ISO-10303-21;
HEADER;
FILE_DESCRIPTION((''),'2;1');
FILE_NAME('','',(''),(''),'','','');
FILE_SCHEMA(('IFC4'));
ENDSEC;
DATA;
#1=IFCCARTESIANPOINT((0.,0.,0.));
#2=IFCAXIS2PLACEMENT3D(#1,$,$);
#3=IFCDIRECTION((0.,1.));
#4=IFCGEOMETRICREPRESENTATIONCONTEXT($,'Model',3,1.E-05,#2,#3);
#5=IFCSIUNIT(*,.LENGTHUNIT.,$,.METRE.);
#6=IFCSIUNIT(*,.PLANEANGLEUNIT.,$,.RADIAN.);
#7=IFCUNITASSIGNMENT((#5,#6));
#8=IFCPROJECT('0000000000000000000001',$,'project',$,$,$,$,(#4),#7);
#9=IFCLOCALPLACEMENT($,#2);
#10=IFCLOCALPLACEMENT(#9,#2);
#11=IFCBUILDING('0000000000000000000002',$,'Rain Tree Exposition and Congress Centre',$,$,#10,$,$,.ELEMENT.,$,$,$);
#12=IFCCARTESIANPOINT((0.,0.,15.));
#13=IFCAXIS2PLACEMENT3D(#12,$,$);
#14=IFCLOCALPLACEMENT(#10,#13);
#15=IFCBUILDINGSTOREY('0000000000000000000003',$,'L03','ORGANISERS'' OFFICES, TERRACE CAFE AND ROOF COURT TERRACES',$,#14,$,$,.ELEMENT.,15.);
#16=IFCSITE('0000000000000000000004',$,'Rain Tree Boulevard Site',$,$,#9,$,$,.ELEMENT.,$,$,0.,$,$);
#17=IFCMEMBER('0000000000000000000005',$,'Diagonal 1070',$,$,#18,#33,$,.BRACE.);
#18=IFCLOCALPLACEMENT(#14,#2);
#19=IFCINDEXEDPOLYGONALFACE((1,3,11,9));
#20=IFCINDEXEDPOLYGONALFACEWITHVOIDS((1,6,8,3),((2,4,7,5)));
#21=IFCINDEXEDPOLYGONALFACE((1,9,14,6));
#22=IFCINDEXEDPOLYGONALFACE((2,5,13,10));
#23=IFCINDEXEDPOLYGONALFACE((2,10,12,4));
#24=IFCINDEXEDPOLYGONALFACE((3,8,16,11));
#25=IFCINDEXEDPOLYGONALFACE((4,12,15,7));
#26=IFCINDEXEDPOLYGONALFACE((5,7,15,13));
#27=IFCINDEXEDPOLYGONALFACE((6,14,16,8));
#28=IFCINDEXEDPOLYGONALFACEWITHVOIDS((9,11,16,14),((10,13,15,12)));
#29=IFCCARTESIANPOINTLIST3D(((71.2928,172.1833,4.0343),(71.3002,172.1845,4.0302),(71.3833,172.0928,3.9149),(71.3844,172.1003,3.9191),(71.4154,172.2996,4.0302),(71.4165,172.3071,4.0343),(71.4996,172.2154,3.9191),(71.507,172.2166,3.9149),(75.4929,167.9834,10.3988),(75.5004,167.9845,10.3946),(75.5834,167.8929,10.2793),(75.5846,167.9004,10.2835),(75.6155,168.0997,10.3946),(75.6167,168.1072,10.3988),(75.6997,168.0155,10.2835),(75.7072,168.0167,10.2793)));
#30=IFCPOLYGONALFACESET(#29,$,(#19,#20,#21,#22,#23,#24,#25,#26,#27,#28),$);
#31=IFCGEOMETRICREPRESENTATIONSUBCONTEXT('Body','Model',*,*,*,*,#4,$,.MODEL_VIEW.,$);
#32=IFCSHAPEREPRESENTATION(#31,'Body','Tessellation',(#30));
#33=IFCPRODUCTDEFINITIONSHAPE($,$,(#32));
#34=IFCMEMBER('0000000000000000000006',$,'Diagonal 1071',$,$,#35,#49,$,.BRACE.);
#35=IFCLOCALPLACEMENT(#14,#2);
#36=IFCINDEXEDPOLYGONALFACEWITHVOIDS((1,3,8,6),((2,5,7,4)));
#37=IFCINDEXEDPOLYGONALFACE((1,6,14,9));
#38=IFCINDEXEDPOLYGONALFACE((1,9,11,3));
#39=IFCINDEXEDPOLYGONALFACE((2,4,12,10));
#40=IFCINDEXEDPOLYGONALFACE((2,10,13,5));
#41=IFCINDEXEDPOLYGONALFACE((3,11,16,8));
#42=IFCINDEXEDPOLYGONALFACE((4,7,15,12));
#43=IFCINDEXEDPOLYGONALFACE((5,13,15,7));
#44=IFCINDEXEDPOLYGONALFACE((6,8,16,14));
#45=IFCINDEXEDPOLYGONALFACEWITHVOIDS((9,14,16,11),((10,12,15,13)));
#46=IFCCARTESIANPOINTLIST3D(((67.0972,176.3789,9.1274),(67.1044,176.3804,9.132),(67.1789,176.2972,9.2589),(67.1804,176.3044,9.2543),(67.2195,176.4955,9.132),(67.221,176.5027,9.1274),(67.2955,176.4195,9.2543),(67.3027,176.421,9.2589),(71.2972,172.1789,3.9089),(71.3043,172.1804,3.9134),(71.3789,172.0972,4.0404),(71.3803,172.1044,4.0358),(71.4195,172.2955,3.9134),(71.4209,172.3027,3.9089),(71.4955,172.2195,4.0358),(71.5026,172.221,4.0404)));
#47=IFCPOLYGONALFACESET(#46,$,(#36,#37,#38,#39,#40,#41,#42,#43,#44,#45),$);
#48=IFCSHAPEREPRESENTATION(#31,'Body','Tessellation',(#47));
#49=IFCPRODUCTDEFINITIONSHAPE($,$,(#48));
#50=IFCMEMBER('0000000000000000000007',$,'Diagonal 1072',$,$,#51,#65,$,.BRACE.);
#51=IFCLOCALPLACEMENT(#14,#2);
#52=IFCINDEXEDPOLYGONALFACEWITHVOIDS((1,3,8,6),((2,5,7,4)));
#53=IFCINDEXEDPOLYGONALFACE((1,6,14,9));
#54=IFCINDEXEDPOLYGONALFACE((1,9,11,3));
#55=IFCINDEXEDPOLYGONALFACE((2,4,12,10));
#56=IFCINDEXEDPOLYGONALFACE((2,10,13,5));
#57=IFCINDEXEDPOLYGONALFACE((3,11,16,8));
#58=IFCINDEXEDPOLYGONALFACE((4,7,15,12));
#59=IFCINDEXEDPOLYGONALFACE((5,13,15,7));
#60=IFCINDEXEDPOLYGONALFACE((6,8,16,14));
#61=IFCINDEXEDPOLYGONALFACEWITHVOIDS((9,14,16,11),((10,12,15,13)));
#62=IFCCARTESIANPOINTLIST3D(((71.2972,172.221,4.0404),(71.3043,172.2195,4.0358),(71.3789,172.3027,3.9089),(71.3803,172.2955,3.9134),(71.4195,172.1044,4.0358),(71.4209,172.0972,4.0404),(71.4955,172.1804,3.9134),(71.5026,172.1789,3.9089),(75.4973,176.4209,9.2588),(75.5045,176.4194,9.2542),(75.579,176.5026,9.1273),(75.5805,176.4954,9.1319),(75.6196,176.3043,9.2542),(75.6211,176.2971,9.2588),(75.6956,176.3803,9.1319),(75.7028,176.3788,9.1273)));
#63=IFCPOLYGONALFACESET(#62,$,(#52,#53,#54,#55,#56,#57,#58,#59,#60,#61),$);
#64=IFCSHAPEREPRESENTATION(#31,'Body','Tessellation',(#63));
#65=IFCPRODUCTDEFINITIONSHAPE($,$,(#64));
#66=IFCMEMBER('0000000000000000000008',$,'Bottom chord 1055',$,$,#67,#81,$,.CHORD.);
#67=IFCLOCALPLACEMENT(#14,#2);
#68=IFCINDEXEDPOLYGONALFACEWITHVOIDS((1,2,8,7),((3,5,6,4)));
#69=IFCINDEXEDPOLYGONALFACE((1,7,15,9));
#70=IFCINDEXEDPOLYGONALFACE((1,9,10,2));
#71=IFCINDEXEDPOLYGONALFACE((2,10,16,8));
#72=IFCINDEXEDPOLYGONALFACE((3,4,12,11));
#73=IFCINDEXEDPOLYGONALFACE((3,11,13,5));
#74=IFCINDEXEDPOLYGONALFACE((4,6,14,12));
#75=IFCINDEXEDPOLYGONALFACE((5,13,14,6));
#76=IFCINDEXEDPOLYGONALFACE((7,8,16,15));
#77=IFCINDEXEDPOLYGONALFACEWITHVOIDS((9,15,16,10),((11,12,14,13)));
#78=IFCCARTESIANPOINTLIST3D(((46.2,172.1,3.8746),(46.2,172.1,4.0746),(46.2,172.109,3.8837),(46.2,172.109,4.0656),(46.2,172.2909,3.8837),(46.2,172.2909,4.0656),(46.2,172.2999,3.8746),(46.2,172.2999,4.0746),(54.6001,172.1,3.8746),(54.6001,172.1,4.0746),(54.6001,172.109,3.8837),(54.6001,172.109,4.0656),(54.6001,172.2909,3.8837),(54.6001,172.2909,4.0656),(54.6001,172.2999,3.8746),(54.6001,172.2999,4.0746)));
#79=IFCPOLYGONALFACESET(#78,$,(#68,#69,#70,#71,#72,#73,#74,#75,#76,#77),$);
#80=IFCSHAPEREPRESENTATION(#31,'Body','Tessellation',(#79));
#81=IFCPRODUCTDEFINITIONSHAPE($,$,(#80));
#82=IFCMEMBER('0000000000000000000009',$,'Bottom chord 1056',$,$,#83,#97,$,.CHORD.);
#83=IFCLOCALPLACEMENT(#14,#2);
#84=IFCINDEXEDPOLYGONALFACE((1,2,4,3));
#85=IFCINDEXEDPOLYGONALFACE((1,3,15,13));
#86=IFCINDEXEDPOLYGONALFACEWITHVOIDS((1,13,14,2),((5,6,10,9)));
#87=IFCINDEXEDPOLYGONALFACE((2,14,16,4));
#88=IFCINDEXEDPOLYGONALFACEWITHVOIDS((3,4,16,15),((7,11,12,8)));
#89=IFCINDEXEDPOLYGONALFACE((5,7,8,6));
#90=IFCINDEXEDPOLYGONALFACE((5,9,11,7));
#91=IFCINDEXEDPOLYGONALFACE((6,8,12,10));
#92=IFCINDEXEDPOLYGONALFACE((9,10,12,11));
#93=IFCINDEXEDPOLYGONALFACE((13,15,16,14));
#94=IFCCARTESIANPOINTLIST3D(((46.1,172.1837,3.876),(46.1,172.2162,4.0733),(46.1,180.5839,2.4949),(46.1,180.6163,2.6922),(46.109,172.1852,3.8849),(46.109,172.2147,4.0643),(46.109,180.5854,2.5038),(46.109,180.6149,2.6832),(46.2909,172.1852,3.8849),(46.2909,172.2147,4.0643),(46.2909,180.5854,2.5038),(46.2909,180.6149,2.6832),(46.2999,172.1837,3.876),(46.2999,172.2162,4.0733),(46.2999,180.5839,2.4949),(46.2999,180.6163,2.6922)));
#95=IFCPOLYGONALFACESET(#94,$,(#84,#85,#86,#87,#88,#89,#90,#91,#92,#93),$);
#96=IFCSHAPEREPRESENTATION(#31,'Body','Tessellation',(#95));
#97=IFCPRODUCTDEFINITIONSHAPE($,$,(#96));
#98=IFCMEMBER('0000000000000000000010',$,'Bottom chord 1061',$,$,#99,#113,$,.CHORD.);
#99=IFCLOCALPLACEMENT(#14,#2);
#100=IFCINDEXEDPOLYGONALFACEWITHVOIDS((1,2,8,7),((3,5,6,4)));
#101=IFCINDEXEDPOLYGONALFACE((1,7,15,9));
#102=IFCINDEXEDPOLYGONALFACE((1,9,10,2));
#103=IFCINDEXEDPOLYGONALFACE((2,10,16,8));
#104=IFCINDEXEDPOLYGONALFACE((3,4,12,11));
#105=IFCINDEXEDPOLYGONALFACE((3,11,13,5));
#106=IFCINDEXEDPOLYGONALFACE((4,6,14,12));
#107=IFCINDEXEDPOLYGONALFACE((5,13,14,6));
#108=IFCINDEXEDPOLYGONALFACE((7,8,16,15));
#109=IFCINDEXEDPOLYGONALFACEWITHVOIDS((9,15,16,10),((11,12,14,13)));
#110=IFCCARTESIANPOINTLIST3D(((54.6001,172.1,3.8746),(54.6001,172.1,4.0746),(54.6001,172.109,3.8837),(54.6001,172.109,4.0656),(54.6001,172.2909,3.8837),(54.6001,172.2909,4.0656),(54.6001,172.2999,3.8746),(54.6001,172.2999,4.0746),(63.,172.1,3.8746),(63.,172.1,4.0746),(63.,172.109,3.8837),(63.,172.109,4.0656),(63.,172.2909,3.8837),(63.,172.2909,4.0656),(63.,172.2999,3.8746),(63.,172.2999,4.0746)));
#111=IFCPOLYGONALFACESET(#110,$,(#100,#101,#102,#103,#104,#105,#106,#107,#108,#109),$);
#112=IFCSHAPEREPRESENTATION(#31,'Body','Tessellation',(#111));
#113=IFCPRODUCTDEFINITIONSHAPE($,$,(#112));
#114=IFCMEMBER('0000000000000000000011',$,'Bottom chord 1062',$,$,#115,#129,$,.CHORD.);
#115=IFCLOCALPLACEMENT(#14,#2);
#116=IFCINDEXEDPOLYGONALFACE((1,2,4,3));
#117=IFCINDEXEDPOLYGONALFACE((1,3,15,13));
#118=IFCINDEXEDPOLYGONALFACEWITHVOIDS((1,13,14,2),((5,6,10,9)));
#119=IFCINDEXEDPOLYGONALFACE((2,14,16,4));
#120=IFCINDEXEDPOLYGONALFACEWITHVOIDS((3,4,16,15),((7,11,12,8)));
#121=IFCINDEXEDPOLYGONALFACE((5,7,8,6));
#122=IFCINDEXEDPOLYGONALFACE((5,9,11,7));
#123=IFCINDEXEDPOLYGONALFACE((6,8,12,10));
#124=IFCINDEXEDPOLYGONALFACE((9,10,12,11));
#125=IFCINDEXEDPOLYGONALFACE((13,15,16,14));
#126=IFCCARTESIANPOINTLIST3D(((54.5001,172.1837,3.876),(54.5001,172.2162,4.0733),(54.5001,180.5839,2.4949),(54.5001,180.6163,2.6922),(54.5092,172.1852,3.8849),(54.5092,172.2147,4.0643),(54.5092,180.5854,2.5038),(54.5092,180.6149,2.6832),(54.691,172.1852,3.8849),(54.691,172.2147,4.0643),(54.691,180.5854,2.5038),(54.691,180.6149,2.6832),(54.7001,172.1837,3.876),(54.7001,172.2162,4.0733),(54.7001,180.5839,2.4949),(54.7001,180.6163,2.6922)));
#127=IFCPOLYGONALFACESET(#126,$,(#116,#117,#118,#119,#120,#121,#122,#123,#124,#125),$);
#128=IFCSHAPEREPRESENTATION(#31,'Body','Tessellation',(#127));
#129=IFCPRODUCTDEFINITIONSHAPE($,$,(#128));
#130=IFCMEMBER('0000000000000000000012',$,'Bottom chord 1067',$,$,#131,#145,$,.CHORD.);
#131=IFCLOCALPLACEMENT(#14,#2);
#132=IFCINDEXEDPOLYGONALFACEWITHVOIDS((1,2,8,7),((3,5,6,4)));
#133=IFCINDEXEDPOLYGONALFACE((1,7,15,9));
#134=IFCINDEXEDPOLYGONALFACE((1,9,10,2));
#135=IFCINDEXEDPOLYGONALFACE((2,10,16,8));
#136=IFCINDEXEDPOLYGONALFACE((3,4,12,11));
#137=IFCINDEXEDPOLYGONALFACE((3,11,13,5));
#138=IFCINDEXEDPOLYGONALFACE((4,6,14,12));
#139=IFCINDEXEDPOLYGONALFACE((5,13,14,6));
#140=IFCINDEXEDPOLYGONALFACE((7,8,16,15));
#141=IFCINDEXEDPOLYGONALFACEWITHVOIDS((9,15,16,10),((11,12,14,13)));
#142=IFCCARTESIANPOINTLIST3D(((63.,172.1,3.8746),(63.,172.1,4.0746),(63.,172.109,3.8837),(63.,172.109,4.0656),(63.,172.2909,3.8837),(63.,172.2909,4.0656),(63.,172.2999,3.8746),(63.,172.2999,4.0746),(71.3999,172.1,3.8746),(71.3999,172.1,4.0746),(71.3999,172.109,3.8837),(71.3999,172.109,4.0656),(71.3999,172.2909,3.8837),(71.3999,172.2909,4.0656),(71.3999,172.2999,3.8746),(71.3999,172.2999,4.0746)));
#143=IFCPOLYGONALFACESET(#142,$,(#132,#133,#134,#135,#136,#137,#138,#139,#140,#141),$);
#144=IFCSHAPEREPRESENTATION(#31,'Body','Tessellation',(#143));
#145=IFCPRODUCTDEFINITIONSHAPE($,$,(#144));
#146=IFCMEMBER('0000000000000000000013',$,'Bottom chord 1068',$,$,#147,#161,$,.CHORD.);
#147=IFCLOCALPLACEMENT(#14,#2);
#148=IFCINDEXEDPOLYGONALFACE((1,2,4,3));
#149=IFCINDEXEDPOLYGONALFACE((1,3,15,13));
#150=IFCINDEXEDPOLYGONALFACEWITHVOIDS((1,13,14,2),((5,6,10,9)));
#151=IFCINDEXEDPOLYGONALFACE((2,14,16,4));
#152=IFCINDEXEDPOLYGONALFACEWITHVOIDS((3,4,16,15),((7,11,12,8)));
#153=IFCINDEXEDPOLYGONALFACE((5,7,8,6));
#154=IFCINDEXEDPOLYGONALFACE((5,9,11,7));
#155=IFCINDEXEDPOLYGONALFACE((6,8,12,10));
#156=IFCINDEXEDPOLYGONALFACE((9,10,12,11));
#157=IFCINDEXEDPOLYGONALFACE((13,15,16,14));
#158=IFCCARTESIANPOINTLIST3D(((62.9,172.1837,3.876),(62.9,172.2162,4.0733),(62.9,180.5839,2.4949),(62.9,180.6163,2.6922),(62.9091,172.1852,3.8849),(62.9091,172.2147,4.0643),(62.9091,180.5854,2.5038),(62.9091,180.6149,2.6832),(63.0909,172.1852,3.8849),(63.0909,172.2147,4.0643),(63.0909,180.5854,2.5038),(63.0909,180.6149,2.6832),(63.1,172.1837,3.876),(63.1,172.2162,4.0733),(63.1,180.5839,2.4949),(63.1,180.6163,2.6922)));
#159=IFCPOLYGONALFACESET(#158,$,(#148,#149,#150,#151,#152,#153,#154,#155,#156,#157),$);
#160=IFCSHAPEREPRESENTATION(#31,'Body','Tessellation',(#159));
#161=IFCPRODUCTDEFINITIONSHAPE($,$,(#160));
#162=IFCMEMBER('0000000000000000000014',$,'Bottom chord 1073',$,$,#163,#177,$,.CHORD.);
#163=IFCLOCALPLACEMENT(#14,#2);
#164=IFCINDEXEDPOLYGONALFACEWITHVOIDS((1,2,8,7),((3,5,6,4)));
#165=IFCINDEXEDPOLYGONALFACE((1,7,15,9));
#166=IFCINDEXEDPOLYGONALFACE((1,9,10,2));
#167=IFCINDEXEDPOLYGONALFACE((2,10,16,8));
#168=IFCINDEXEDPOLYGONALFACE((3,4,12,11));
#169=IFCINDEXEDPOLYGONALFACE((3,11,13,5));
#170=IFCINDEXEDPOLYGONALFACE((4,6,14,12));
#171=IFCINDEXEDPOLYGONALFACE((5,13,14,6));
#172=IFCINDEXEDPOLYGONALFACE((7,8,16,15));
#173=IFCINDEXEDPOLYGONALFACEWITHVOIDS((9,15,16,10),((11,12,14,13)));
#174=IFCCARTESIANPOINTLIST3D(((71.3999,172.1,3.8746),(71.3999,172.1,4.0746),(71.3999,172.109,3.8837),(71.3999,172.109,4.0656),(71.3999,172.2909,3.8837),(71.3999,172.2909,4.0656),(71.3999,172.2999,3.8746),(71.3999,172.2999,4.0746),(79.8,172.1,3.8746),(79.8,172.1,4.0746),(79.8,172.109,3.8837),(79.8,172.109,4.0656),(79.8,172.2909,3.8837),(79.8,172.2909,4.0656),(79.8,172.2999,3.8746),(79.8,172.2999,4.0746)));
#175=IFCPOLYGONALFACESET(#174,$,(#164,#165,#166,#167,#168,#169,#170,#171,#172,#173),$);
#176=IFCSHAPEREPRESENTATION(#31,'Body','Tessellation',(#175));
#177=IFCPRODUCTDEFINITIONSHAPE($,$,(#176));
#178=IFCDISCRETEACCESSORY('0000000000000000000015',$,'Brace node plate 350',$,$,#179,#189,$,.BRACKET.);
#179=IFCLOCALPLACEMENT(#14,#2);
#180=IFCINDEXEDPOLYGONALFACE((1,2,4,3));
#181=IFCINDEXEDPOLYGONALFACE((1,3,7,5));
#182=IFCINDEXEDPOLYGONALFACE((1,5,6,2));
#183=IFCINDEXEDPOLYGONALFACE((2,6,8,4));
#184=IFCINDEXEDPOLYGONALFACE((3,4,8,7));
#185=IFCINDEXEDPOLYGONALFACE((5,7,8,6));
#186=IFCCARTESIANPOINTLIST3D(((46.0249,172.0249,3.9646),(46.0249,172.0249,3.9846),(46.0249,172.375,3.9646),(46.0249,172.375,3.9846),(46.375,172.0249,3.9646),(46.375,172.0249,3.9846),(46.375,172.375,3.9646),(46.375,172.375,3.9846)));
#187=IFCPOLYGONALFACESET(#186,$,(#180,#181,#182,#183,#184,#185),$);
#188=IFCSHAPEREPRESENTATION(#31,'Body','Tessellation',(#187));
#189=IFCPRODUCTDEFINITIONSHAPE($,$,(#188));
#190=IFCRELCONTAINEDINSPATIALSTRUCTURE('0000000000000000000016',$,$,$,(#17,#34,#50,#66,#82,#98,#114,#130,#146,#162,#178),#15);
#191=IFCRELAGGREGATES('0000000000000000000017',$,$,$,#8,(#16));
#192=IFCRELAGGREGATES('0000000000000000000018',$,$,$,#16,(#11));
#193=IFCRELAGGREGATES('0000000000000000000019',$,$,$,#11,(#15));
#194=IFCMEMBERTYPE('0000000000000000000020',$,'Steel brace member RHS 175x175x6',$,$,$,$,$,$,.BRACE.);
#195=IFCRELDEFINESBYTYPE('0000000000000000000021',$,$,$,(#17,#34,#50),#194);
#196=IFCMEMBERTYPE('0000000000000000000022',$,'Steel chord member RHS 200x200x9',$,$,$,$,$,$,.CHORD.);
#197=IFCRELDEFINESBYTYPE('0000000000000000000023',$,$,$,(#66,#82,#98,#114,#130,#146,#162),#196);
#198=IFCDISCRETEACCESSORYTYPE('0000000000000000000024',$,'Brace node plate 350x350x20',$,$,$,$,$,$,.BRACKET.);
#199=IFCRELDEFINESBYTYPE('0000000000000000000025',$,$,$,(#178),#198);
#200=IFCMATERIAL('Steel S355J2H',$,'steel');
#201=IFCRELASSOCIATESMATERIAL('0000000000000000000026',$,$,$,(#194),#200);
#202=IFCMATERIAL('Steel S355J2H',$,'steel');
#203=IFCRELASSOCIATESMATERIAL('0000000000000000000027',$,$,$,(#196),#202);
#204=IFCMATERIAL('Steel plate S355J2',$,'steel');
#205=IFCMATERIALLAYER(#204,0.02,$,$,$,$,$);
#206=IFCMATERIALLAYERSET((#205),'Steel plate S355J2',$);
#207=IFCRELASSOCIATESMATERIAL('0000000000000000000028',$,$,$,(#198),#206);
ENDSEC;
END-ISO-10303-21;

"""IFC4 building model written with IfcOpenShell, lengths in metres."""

from ifc_helpers import new_model, si_unit, direction, frame, origin, origin_2d, place, context, subcontext, project, spatial, rectangle, hollow_rectangle, extrude, material, layer, layer_set, material_profile, profile_set, type_object, element, save


model = new_model("IFC4")

# Units and contexts
model_context = context("Model", 3, precision=1e-05, world=origin(), true_north=direction((0.0, 1.0)))
body_context = subcontext(model_context, "Body", "Model", "MODEL_VIEW")
ifc_project = project(units=[si_unit("LENGTHUNIT", "METRE"), si_unit("PLANEANGLEUNIT", "RADIAN")], contexts=[model_context])

# Site, building, storey
site_placement = place(None, origin())
site = spatial("IfcSite", under=ifc_project, at=site_placement, Name="Rain Tree Boulevard Site", CompositionType="ELEMENT", RefElevation=0.0)
building_placement = place(site_placement, origin())
building = spatial("IfcBuilding", under=site, at=building_placement, Name="Rain Tree Exposition and Congress Centre", CompositionType="ELEMENT")
storey_placement = place(building_placement, frame((0.0, 0.0, 15.0)))
storey = spatial("IfcBuildingStorey", under=building, at=storey_placement, Name="L03", Description="ORGANISERS' OFFICES, TERRACE CAFE AND ROOF COURT TERRACES", CompositionType="ELEMENT", Elevation=15.0)

# Members
ifc_material_1 = material(Name="Steel S355J2H", Category="steel")
ifc_material_profile_1 = material_profile(ifc_material_1, hollow_rectangle(XDim=0.175, YDim=0.175, WallThickness=0.0061, at=origin_2d()), Name="RHS 175x175x6")
ifc_profile_set_1 = profile_set([ifc_material_profile_1], Name="Steel S355J2H")
member_type_1 = type_object("IfcMemberType", Name="Steel brace member RHS 175x175x6", PredefinedType="BRACE", material=ifc_profile_set_1)
for number, where, z_axis, x_axis, name in (
    (1, (71.3999, 172.2, 3.9746), (0.482468, -0.48244, 0.731078), (0.707086, 0.707127, 0.0), "Diagonal 1070"),
):
    element("IfcMember", number, at=place(storey_placement, frame(where, z_axis=z_axis, x_axis=x_axis)), inside=storey, type_object=member_type_1, Name=name, PredefinedType="BRACE", context=body_context, shape_type="SweptSolid", body=[
        extrude(hollow_rectangle(XDim=0.175, YDim=0.175, WallThickness=0.0061, at=origin_2d()), origin(), (0.0, 0.0, 1.0), 8.7056),
    ])
for number, where, z_axis, x_axis, name in (
    (2, (71.3999, 172.2, 3.9746), (-0.531206, 0.531206, 0.660031), (-0.707107, -0.707107, 0.0), "Diagonal 1071"),
    (3, (71.3999, 172.2, 3.9746), (0.531228, 0.531197, 0.66002), (-0.707086, 0.707127, 0.0), "Diagonal 1072"),
):
    element("IfcMember", number, at=place(storey_placement, frame(where, z_axis=z_axis, x_axis=x_axis)), inside=storey, type_object=member_type_1, Name=name, PredefinedType="BRACE", context=body_context, shape_type="SweptSolid", body=[
        extrude(hollow_rectangle(XDim=0.175, YDim=0.175, WallThickness=0.0061, at=origin_2d()), origin(), (0.0, 0.0, 1.0), 7.9065),
    ])
ifc_material_2 = material(Name="Steel S355J2H", Category="steel")
ifc_material_profile_2 = material_profile(ifc_material_2, hollow_rectangle(XDim=0.2, YDim=0.2, WallThickness=0.009, at=origin_2d()), Name="RHS 200x200x9")
ifc_profile_set_2 = profile_set([ifc_material_profile_2], Name="Steel S355J2H")
member_type_2 = type_object("IfcMemberType", Name="Steel chord member RHS 200x200x9", PredefinedType="CHORD", material=ifc_profile_set_2)
member_1_placement = place(storey_placement, frame((46.2, 172.2, 3.9746), z_axis=(1.0, 0.0, 0.0), x_axis=(0.0, 1.0, 0.0)))
element("IfcMember", 4, at=member_1_placement, inside=storey, type_object=member_type_2, Name="Bottom chord 1055", PredefinedType="CHORD", context=body_context, shape_type="SweptSolid", body=[
    extrude(hollow_rectangle(XDim=0.2, YDim=0.2, WallThickness=0.009, at=origin_2d()), origin(), (0.0, 0.0, 1.0), 8.4001),
])
member_2_placement = place(storey_placement, frame((46.2, 172.2, 3.9746), z_axis=(0.0, 0.986752, -0.162236), x_axis=(-1.0, 0.0, 0.0)))
element("IfcMember", 5, at=member_2_placement, inside=storey, type_object=member_type_2, Name="Bottom chord 1056", PredefinedType="CHORD", context=body_context, shape_type="SweptSolid", body=[
    extrude(hollow_rectangle(XDim=0.2, YDim=0.2, WallThickness=0.009, at=origin_2d()), origin(), (0.0, 0.0, 1.0), 8.5129),
])
member_3_placement = place(storey_placement, frame((54.6001, 172.2, 3.9746), z_axis=(1.0, 0.0, 0.0), x_axis=(0.0, 1.0, 0.0)))
element("IfcMember", 6, at=member_3_placement, inside=storey, type_object=member_type_2, Name="Bottom chord 1061", PredefinedType="CHORD", context=body_context, shape_type="SweptSolid", body=[
    extrude(hollow_rectangle(XDim=0.2, YDim=0.2, WallThickness=0.009, at=origin_2d()), origin(), (0.0, 0.0, 1.0), 8.3999),
])
member_4_placement = place(storey_placement, frame((54.6001, 172.2, 3.9746), z_axis=(0.0, 0.986752, -0.162236), x_axis=(-1.0, 0.0, 0.0)))
element("IfcMember", 7, at=member_4_placement, inside=storey, type_object=member_type_2, Name="Bottom chord 1062", PredefinedType="CHORD", context=body_context, shape_type="SweptSolid", body=[
    extrude(hollow_rectangle(XDim=0.2, YDim=0.2, WallThickness=0.009, at=origin_2d()), origin(), (0.0, 0.0, 1.0), 8.5129),
])
member_5_placement = place(storey_placement, frame((63.0, 172.2, 3.9746), z_axis=(1.0, 0.0, 0.0), x_axis=(0.0, 1.0, 0.0)))
element("IfcMember", 8, at=member_5_placement, inside=storey, type_object=member_type_2, Name="Bottom chord 1067", PredefinedType="CHORD", context=body_context, shape_type="SweptSolid", body=[
    extrude(hollow_rectangle(XDim=0.2, YDim=0.2, WallThickness=0.009, at=origin_2d()), origin(), (0.0, 0.0, 1.0), 8.3999),
])
member_6_placement = place(storey_placement, frame((63.0, 172.2, 3.9746), z_axis=(0.0, 0.986752, -0.162236), x_axis=(-1.0, 0.0, 0.0)))
element("IfcMember", 9, at=member_6_placement, inside=storey, type_object=member_type_2, Name="Bottom chord 1068", PredefinedType="CHORD", context=body_context, shape_type="SweptSolid", body=[
    extrude(hollow_rectangle(XDim=0.2, YDim=0.2, WallThickness=0.009, at=origin_2d()), origin(), (0.0, 0.0, 1.0), 8.5129),
])
member_7_placement = place(storey_placement, frame((71.3999, 172.2, 3.9746), z_axis=(1.0, 0.0, 0.0), x_axis=(0.0, 1.0, 0.0)))
element("IfcMember", 10, at=member_7_placement, inside=storey, type_object=member_type_2, Name="Bottom chord 1073", PredefinedType="CHORD", context=body_context, shape_type="SweptSolid", body=[
    extrude(hollow_rectangle(XDim=0.2, YDim=0.2, WallThickness=0.009, at=origin_2d()), origin(), (0.0, 0.0, 1.0), 8.4001),
])

# Discrete accessory
ifc_material_3 = material(Name="Steel plate S355J2", Category="steel")
ifc_layer = layer(ifc_material_3, 0.02)
ifc_layer_set = layer_set([ifc_layer], Name="Steel plate S355J2")
discrete_accessory_type = type_object("IfcDiscreteAccessoryType", Name="Brace node plate 350x350x20", PredefinedType="BRACKET", material=ifc_layer_set)
for number, where, z_axis, x_axis, name in (
    (11, (46.2, 172.2, 3.9646), (0.0, 0.0, 1.0), (1.0, 0.0, 0.0), "Brace node plate 350"),
):
    element("IfcDiscreteAccessory", number, at=place(storey_placement, frame(where, z_axis=z_axis, x_axis=x_axis)), inside=storey, type_object=discrete_accessory_type, Name=name, PredefinedType="BRACKET", context=body_context, shape_type="SweptSolid", body=[
        extrude(rectangle(XDim=0.3501, YDim=0.3501, at=origin_2d()), origin(), (0.0, 0.0, 1.0), 0.02),
    ])

save(model, "model.ifc")
